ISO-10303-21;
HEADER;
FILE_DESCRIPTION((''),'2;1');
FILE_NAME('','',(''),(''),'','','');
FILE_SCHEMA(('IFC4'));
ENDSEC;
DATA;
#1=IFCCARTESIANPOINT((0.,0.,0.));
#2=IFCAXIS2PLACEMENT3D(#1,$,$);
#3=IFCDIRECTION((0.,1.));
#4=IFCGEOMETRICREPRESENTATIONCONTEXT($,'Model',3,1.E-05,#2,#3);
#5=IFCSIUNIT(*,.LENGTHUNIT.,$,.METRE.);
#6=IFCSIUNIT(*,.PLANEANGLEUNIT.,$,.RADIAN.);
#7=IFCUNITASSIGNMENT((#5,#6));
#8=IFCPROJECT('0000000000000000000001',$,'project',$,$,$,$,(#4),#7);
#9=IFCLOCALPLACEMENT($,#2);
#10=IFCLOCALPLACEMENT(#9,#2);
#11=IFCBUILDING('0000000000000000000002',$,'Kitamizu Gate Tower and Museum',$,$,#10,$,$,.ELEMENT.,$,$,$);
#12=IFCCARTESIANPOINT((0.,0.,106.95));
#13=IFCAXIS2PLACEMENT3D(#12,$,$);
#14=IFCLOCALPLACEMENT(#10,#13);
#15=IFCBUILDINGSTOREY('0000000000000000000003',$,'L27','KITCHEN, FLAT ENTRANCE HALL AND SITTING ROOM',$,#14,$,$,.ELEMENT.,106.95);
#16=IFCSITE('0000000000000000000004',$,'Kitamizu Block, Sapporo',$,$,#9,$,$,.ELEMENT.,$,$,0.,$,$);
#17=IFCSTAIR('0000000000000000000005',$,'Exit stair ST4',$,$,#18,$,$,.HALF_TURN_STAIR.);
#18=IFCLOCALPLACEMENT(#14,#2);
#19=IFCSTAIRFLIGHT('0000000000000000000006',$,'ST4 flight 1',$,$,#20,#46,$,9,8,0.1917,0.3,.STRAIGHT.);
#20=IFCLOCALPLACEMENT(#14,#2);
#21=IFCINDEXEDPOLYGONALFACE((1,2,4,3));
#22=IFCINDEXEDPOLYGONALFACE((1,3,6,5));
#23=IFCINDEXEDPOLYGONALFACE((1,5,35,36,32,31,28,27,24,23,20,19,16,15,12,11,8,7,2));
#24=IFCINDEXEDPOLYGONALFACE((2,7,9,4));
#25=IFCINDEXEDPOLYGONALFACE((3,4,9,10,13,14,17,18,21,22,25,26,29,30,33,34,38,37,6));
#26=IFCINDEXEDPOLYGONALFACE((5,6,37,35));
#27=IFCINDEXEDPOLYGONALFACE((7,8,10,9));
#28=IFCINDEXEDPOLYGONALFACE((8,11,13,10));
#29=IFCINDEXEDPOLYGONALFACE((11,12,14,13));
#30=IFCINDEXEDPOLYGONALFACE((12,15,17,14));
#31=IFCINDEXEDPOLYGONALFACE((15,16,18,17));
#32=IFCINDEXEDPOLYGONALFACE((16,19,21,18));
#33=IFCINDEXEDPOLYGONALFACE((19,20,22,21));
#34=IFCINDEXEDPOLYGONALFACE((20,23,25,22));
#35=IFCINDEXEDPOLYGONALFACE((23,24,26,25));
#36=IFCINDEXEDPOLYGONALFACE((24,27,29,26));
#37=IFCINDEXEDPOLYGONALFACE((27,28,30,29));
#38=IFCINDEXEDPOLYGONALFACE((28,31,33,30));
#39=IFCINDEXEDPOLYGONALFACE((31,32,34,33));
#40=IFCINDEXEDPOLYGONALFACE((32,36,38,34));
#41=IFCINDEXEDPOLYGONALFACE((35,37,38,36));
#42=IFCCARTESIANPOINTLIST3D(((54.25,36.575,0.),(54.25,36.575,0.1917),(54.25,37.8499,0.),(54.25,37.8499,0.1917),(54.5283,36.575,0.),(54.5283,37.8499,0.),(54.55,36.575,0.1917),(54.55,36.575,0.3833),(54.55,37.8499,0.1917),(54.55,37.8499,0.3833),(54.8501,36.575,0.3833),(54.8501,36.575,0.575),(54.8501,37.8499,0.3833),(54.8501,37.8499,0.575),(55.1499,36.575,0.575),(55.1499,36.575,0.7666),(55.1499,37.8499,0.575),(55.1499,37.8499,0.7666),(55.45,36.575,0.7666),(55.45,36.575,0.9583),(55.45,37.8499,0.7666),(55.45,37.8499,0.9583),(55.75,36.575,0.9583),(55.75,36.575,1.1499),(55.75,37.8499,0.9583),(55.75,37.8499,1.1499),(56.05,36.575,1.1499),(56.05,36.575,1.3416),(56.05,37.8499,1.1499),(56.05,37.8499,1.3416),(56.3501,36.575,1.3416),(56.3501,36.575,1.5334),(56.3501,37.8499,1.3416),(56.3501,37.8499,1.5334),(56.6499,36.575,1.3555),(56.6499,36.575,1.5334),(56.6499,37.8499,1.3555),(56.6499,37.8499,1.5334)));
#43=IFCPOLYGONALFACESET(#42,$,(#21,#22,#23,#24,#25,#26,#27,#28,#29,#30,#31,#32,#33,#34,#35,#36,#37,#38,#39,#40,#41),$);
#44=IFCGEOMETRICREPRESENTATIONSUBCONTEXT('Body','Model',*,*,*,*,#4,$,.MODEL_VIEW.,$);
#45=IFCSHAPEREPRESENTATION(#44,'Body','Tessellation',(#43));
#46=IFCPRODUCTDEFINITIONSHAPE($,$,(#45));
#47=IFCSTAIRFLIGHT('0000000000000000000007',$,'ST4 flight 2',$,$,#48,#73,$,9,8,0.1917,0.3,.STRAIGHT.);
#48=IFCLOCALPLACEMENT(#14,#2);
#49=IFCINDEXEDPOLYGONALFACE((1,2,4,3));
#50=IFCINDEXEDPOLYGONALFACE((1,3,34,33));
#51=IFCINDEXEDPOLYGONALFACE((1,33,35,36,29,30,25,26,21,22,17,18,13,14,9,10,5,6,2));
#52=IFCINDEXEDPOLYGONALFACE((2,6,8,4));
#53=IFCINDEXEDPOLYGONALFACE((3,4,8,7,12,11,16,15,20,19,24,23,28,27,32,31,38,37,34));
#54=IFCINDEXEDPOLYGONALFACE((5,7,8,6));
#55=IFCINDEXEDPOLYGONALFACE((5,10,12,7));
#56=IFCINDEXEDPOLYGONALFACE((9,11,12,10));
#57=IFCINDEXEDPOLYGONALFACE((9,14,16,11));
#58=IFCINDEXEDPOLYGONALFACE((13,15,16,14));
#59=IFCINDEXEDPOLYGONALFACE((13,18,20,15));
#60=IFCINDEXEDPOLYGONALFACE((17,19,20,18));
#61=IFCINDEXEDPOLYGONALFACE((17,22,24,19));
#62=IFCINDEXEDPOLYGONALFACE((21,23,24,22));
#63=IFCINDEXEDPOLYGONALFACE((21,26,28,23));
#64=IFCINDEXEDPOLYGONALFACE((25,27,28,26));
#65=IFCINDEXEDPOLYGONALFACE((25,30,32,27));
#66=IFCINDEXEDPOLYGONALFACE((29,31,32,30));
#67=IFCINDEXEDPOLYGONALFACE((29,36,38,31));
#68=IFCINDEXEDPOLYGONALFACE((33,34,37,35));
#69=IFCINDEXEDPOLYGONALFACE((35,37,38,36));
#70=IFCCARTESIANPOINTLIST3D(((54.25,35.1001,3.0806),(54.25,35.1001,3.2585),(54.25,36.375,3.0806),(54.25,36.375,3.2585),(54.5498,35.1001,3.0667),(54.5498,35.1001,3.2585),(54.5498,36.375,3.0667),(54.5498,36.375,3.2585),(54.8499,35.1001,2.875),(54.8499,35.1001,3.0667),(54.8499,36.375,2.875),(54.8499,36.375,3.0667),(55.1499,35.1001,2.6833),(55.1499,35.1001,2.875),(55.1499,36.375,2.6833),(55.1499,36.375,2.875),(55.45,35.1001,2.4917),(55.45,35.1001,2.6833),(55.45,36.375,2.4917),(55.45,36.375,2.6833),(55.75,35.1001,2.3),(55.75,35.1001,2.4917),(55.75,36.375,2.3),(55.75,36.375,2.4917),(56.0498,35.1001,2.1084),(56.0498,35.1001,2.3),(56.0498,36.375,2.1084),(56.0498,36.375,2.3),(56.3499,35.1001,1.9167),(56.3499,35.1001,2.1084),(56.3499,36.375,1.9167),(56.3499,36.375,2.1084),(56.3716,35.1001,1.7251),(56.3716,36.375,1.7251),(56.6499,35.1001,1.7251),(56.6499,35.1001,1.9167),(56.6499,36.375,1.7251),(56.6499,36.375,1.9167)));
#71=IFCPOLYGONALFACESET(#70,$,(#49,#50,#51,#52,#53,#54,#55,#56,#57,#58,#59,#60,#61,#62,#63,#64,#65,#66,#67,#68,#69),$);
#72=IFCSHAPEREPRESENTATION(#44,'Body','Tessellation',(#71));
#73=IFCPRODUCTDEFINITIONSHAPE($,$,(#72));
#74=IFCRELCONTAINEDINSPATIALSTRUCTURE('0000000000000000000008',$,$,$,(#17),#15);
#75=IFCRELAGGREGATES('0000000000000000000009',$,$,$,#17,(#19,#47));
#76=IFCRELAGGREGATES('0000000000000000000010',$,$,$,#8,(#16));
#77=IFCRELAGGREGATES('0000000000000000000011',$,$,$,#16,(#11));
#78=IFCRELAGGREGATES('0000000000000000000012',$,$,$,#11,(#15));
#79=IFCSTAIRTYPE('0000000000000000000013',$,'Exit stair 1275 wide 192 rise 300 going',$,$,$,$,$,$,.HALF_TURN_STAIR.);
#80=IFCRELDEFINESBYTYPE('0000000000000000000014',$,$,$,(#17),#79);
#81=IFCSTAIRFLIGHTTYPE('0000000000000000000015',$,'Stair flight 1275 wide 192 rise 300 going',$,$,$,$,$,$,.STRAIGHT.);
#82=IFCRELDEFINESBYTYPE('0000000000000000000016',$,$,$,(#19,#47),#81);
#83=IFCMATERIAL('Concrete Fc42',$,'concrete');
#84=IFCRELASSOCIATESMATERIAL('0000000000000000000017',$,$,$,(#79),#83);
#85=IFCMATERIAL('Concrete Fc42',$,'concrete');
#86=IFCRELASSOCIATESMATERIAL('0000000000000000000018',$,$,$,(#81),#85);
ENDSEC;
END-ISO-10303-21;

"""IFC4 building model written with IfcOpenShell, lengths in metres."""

from ifc_helpers import new_model, si_unit, direction, frame, origin, place, context, subcontext, project, spatial, polyline, outline, extrude, material, type_object, element, aggregate, save


model = new_model("IFC4")

# Units and contexts
model_context = context("Model", 3, precision=1e-05, world=origin(), true_north=direction((0.0, 1.0)))
body_context = subcontext(model_context, "Body", "Model", "MODEL_VIEW")
ifc_project = project(units=[si_unit("LENGTHUNIT", "METRE"), si_unit("PLANEANGLEUNIT", "RADIAN")], contexts=[model_context])

# Site, building, storey
site_placement = place(None, origin())
site = spatial("IfcSite", under=ifc_project, at=site_placement, Name="Kitamizu Block, Sapporo", CompositionType="ELEMENT", RefElevation=0.0)
building_placement = place(site_placement, origin())
building = spatial("IfcBuilding", under=site, at=building_placement, Name="Kitamizu Gate Tower and Museum", CompositionType="ELEMENT")
storey_placement = place(building_placement, frame((0.0, 0.0, 106.95)))
storey = spatial("IfcBuildingStorey", under=building, at=storey_placement, Name="L27", Description="KITCHEN, FLAT ENTRANCE HALL AND SITTING ROOM", CompositionType="ELEMENT", Elevation=106.95)

# Stair, stair flights
ifc_material_1 = material(Name="Concrete Fc42", Category="concrete")
stair_type = type_object("IfcStairType", Name="Exit stair 1275 wide 192 rise 300 going", PredefinedType="HALF_TURN_STAIR", material=ifc_material_1)
stair_placement = place(storey_placement, origin())
stair = element("IfcStair", 1, at=stair_placement, inside=storey, type_object=stair_type, Name="Exit stair ST4", PredefinedType="HALF_TURN_STAIR")
ifc_material_2 = material(Name="Concrete Fc42", Category="concrete")
stair_flight_type = type_object("IfcStairFlightType", Name="Stair flight 1275 wide 192 rise 300 going", PredefinedType="STRAIGHT", material=ifc_material_2)
stair_flight_1_placement = place(storey_placement, frame((54.25, 37.2124, 0.0), z_axis=(0.0, 0.0, 1.0), x_axis=(1.0, 0.0, 0.0)))
stair_flight_1 = element("IfcStairFlight", 2, at=stair_flight_1_placement, type_object=stair_flight_type, Name="ST4 flight 1", NumberOfRisers=9, NumberOfTreads=8, PredefinedType="STRAIGHT", RiserHeight=0.1917, TreadLength=0.3, context=body_context, shape_type="SweptSolid", body=[
    extrude(outline(polyline([(0.0, 0.0), (0.0, 0.1917), (0.3, 0.1917), (0.3, 0.3833), (0.6001, 0.3833), (0.6001, 0.575), (0.8999, 0.575), (0.8999, 0.7666), (1.2, 0.7666), (1.2, 0.9583), (1.5, 0.9583), (1.5, 1.1499), (1.8, 1.1499), (1.8, 1.3416), (2.1001, 1.3416), (2.1001, 1.5334), (2.3999, 1.5334), (2.3999, 1.7251), (2.3999, 1.3555), (0.2783, 0.0), (0.0, 0.0)])), frame((0.0, 0.6375, 0.0), z_axis=(0.0, -1.0, 0.0), x_axis=(1.0, 0.0, 0.0)), (0.0, 0.0, 1.0), 1.2749),
])
stair_flight_2_placement = place(storey_placement, frame((56.6499, 35.7375, 1.7251), z_axis=(0.0, 0.0, 1.0), x_axis=(-1.0, 0.0, 0.0)))
stair_flight_2 = element("IfcStairFlight", 3, at=stair_flight_2_placement, type_object=stair_flight_type, Name="ST4 flight 2", NumberOfRisers=9, NumberOfTreads=8, PredefinedType="STRAIGHT", RiserHeight=0.1917, TreadLength=0.3, context=body_context, shape_type="SweptSolid", body=[
    extrude(outline(polyline([(0.0, 0.0), (0.0, 0.1917), (0.3, 0.1917), (0.3, 0.3833), (0.6001, 0.3833), (0.6001, 0.575), (0.8999, 0.575), (0.8999, 0.7666), (1.2, 0.7666), (1.2, 0.9583), (1.5, 0.9583), (1.5, 1.1499), (1.8, 1.1499), (1.8, 1.3416), (2.1001, 1.3416), (2.1001, 1.5334), (2.3999, 1.5334), (2.3999, 1.7251), (2.3999, 1.3555), (0.2783, 0.0), (0.0, 0.0)])), frame((0.0, 0.6375, 0.0), z_axis=(0.0, -1.0, 0.0), x_axis=(1.0, 0.0, 0.0)), (0.0, 0.0, 1.0), 1.2749),
])
aggregate(stair, [stair_flight_1, stair_flight_2])

save(model, "model.ifc")
